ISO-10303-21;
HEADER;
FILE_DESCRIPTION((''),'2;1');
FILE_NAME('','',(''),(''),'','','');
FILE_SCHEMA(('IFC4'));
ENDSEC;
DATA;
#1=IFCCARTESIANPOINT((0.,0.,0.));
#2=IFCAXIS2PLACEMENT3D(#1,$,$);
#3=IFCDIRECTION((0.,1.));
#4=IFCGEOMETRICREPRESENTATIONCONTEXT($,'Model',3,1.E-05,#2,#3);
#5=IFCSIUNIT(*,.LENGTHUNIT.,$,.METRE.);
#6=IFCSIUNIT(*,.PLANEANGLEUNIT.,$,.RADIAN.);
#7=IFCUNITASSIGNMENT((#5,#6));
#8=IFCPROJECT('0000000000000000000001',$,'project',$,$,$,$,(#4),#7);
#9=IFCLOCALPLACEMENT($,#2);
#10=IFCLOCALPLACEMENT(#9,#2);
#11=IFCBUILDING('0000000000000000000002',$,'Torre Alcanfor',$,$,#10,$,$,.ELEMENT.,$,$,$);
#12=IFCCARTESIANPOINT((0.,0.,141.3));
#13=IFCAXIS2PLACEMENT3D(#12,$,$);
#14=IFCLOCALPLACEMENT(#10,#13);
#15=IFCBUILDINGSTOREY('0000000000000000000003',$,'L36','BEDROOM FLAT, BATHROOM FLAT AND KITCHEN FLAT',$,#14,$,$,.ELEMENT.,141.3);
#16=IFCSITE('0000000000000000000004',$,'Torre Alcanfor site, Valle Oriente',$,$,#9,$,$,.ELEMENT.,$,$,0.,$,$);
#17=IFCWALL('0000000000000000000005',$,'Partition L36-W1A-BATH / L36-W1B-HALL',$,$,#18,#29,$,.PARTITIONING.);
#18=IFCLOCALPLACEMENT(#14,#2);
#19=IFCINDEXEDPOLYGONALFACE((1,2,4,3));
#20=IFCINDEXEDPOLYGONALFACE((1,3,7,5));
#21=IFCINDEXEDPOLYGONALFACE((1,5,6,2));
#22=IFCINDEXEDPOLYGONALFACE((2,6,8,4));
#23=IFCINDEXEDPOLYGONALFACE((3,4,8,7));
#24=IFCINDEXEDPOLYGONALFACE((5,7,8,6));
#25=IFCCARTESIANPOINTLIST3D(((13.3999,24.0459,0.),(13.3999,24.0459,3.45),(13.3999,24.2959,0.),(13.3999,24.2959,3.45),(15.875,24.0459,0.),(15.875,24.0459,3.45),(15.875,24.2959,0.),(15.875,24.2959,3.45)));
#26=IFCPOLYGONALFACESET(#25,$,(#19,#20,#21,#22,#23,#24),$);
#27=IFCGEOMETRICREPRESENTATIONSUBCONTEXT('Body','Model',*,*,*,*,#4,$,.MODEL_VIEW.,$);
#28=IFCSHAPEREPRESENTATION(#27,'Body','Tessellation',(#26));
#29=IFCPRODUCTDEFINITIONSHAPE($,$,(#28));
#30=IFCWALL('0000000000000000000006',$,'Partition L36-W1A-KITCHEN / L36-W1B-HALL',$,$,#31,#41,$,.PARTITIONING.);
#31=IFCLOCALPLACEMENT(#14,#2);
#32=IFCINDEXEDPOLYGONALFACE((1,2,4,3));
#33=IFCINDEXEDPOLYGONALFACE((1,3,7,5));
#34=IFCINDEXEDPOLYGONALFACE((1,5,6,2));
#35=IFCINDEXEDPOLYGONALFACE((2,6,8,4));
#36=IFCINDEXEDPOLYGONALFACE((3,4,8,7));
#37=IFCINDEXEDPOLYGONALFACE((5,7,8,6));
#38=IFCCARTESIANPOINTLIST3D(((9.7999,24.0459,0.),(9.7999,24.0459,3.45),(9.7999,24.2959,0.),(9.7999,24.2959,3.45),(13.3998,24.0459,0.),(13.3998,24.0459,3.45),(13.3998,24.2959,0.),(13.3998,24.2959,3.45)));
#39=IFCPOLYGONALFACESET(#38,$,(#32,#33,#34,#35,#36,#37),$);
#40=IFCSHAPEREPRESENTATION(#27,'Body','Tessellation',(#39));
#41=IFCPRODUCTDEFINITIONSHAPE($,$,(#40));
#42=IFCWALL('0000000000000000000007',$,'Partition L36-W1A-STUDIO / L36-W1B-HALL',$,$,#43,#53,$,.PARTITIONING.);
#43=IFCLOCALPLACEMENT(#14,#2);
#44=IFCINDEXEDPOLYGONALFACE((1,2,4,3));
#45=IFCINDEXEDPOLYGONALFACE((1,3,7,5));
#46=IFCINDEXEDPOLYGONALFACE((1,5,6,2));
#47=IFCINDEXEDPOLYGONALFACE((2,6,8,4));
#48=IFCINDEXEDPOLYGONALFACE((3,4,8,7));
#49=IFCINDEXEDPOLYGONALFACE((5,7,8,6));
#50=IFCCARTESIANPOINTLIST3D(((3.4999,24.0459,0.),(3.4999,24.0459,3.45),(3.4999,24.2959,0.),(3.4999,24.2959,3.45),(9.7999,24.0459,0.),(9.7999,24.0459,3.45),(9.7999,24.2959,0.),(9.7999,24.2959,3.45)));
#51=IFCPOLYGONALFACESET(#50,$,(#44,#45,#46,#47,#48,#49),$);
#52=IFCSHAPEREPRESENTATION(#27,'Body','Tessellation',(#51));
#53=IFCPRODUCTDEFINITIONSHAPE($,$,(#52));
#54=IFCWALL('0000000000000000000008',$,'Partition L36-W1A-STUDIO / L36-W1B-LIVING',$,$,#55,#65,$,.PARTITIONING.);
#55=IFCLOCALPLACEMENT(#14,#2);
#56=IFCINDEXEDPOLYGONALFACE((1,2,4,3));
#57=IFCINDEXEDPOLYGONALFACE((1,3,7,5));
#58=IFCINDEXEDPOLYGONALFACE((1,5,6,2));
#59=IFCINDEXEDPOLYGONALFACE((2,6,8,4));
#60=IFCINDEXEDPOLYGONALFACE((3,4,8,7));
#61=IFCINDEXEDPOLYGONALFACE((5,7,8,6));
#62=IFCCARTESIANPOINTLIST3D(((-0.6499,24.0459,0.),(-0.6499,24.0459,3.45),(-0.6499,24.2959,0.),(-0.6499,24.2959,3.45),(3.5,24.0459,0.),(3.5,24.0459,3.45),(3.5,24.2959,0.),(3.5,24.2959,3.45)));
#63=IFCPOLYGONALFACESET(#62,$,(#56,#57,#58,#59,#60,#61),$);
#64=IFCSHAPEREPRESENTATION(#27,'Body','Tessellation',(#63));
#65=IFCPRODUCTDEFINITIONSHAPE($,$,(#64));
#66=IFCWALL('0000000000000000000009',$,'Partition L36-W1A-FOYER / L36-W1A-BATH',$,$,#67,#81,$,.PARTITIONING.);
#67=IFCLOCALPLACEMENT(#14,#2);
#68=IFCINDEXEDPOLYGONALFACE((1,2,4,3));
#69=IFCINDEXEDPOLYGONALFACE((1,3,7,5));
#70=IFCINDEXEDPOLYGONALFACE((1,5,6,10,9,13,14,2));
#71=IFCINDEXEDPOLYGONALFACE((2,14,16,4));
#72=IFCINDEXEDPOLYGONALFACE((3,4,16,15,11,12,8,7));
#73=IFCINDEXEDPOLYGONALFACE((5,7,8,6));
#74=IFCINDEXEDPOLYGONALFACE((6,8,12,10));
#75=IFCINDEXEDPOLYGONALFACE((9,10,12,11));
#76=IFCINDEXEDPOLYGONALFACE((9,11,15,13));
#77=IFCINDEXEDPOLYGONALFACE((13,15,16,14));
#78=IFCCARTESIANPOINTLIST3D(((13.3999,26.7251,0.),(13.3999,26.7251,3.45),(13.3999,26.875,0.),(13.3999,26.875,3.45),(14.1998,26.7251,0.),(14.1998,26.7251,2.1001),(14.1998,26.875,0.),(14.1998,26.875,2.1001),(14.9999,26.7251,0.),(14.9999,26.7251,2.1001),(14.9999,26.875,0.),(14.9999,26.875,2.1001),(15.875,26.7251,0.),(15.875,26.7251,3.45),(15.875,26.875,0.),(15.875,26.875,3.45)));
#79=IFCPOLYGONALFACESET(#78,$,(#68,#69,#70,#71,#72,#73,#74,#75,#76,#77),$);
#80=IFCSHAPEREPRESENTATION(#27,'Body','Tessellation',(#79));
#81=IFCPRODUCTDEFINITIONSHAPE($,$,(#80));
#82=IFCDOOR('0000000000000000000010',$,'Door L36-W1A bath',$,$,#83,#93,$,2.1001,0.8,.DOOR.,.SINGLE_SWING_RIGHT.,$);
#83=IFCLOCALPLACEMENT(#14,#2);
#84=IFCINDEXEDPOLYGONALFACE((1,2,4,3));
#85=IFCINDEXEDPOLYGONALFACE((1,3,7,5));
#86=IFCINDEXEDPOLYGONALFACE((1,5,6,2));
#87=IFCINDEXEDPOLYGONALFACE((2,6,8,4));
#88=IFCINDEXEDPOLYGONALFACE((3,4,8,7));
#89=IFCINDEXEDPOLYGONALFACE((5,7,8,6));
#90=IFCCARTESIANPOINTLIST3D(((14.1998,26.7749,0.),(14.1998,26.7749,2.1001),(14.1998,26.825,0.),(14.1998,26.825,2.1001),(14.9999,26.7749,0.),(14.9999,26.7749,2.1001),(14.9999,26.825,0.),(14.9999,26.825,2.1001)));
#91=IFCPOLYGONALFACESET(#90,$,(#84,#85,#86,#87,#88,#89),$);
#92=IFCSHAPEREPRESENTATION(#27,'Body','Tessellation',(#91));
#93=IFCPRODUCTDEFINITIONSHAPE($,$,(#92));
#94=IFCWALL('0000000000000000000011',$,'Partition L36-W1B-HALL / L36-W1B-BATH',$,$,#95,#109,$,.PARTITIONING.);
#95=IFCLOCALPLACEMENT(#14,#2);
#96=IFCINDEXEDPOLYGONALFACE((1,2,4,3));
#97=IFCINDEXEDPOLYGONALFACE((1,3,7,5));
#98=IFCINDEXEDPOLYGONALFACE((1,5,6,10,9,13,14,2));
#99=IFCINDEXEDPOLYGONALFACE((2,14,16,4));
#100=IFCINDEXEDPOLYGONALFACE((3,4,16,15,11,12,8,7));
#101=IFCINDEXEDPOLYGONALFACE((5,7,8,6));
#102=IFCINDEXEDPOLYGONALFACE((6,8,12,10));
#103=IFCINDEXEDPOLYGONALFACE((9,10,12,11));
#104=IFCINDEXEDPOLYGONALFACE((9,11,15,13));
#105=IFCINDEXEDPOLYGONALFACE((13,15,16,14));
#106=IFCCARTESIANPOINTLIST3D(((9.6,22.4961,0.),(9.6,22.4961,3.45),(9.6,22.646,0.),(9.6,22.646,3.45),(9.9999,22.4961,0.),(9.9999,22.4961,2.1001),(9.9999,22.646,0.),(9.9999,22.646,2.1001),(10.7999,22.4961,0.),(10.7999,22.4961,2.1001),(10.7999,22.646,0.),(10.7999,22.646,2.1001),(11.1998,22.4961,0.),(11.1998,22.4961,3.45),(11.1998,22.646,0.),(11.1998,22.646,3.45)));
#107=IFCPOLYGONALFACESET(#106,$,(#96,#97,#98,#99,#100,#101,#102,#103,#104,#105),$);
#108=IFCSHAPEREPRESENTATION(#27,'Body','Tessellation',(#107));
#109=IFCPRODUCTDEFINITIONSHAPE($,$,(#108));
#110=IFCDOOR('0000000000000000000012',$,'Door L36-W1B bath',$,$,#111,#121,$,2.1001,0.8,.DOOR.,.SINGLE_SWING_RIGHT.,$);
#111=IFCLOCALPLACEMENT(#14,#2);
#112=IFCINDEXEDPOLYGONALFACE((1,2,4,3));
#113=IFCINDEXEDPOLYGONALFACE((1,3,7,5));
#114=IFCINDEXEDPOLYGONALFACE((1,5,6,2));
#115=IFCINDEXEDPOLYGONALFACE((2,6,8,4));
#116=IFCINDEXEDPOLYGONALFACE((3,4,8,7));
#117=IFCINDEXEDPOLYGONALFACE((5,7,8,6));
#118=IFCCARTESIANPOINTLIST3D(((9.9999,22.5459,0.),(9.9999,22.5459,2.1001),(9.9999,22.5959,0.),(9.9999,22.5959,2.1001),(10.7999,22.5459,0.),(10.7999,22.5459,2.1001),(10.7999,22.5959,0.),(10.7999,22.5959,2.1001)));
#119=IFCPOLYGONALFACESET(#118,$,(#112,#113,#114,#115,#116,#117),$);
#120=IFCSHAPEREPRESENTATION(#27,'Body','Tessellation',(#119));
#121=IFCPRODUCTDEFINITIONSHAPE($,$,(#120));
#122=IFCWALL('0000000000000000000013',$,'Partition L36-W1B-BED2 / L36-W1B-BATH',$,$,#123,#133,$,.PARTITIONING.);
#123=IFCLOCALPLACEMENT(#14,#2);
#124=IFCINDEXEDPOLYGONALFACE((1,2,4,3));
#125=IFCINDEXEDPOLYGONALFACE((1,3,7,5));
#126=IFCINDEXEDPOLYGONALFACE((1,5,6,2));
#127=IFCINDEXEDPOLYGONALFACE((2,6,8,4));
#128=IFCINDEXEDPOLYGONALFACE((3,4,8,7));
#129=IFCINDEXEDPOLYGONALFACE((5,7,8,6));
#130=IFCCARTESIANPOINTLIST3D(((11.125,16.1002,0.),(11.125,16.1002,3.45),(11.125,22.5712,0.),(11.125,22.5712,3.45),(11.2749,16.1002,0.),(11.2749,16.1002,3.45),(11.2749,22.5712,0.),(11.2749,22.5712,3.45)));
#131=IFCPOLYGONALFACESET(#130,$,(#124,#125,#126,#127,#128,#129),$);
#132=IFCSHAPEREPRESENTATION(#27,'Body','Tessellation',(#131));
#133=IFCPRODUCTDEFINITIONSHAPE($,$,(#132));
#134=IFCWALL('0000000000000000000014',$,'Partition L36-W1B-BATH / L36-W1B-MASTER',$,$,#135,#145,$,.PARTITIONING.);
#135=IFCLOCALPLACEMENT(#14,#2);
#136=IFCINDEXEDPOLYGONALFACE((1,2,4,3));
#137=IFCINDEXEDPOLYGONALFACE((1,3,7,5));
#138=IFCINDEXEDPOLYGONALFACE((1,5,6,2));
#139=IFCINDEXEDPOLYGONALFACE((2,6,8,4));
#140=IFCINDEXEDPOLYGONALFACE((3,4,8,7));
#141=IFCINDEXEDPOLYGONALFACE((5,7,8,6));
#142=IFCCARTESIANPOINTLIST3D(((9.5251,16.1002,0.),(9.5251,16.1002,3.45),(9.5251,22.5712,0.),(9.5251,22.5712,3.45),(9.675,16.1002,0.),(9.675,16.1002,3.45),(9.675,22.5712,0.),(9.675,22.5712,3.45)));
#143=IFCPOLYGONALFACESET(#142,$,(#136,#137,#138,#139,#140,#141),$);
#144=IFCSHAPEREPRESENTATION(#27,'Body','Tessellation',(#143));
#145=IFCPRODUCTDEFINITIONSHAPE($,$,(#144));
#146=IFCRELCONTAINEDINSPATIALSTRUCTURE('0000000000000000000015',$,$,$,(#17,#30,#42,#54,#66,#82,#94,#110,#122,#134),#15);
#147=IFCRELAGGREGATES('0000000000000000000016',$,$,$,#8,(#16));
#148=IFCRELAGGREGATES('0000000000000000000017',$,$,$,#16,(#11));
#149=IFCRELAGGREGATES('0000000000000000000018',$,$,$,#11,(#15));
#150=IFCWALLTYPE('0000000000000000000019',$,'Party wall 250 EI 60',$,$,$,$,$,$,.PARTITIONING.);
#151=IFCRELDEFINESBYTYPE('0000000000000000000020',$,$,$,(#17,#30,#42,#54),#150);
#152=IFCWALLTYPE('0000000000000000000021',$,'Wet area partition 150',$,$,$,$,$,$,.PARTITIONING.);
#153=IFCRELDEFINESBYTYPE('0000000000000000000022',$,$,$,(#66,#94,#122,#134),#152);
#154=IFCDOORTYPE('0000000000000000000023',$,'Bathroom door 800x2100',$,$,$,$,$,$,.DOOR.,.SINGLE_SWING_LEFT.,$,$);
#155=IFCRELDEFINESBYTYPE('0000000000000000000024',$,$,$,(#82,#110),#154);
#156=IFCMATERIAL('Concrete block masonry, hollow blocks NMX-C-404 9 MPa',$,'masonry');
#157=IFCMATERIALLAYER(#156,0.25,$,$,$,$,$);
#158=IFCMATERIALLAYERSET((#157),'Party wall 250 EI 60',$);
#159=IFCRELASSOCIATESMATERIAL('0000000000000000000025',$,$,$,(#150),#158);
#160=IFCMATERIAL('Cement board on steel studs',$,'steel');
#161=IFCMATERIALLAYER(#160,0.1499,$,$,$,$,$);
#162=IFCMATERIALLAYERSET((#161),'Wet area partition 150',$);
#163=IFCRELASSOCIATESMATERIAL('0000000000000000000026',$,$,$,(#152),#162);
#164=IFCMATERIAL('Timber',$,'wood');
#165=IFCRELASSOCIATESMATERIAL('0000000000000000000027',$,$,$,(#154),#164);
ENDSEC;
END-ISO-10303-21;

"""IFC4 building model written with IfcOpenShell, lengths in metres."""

from ifc_helpers import new_model, si_unit, direction, frame, frame_2d, origin, place, context, subcontext, project, spatial, rectangle, extrude, material, layer, layer_set, type_object, element, fill, save


model = new_model("IFC4")

# Units and contexts
model_context = context("Model", 3, precision=1e-05, world=origin(), true_north=direction((0.0, 1.0)))
body_context = subcontext(model_context, "Body", "Model", "MODEL_VIEW")
ifc_project = project(units=[si_unit("LENGTHUNIT", "METRE"), si_unit("PLANEANGLEUNIT", "RADIAN")], contexts=[model_context])

# Site, building, storey
site_placement = place(None, origin())
site = spatial("IfcSite", under=ifc_project, at=site_placement, Name="Torre Alcanfor site, Valle Oriente", CompositionType="ELEMENT", RefElevation=0.0)
building_placement = place(site_placement, origin())
building = spatial("IfcBuilding", under=site, at=building_placement, Name="Torre Alcanfor", CompositionType="ELEMENT")
storey_placement = place(building_placement, frame((0.0, 0.0, 141.3)))
storey = spatial("IfcBuildingStorey", under=building, at=storey_placement, Name="L36", Description="BEDROOM FLAT, BATHROOM FLAT AND KITCHEN FLAT", CompositionType="ELEMENT", Elevation=141.3)

# Walls
ifc_material_1 = material(Name="Concrete block masonry, hollow blocks NMX-C-404 9 MPa", Category="masonry")
ifc_layer_1 = layer(ifc_material_1, 0.25)
ifc_layer_set_1 = layer_set([ifc_layer_1], Name="Party wall 250 EI 60")
wall_type_1 = type_object("IfcWallType", Name="Party wall 250 EI 60", PredefinedType="PARTITIONING", material=ifc_layer_set_1)
wall_1_placement = place(storey_placement, frame((13.3999, 24.1709, 0.0), z_axis=(0.0, 0.0, 1.0), x_axis=(1.0, 0.0, 0.0)))
element("IfcWall", 1, at=wall_1_placement, inside=storey, type_object=wall_type_1, Name="Partition L36-W1A-BATH / L36-W1B-HALL", PredefinedType="PARTITIONING", context=body_context, shape_type="SweptSolid", body=[
    extrude(rectangle(XDim=2.4751, YDim=0.25, at=frame_2d((1.2375, 0.0))), origin(), (0.0, 0.0, 1.0), 3.45),
])
wall_2_placement = place(storey_placement, frame((9.8, 24.1709, 0.0), z_axis=(0.0, 0.0, 1.0), x_axis=(1.0, 0.0, 0.0)))
element("IfcWall", 2, at=wall_2_placement, inside=storey, type_object=wall_type_1, Name="Partition L36-W1A-KITCHEN / L36-W1B-HALL", PredefinedType="PARTITIONING", context=body_context, shape_type="SweptSolid", body=[
    extrude(rectangle(XDim=3.5999, YDim=0.25, at=frame_2d((1.7998, 0.0))), origin(), (0.0, 0.0, 1.0), 3.45),
])
wall_3_placement = place(storey_placement, frame((3.5, 24.1709, 0.0), z_axis=(0.0, 0.0, 1.0), x_axis=(1.0, 0.0, 0.0)))
element("IfcWall", 3, at=wall_3_placement, inside=storey, type_object=wall_type_1, Name="Partition L36-W1A-STUDIO / L36-W1B-HALL", PredefinedType="PARTITIONING", context=body_context, shape_type="SweptSolid", body=[
    extrude(rectangle(XDim=6.3, YDim=0.25, at=frame_2d((3.1499, 0.0))), origin(), (0.0, 0.0, 1.0), 3.45),
])
wall_4_placement = place(storey_placement, frame((-0.6499, 24.1709, 0.0), z_axis=(0.0, 0.0, 1.0), x_axis=(1.0, 0.0, 0.0)))
element("IfcWall", 4, at=wall_4_placement, inside=storey, type_object=wall_type_1, Name="Partition L36-W1A-STUDIO / L36-W1B-LIVING", PredefinedType="PARTITIONING", context=body_context, shape_type="SweptSolid", body=[
    extrude(rectangle(XDim=4.1499, YDim=0.25, at=frame_2d((2.075, 0.0))), origin(), (0.0, 0.0, 1.0), 3.45),
])

# Walls, openings, doors
ifc_material_2 = material(Name="Cement board on steel studs", Category="steel")
ifc_layer_2 = layer(ifc_material_2, 0.1499)
ifc_layer_set_2 = layer_set([ifc_layer_2], Name="Wet area partition 150")
wall_type_2 = type_object("IfcWallType", Name="Wet area partition 150", PredefinedType="PARTITIONING", material=ifc_layer_set_2)
wall_5_placement = place(storey_placement, frame((13.3999, 26.8, 0.0), z_axis=(0.0, 0.0, 1.0), x_axis=(1.0, 0.0, 0.0)))
wall_5 = element("IfcWall", 5, at=wall_5_placement, inside=storey, type_object=wall_type_2, Name="Partition L36-W1A-FOYER / L36-W1A-BATH", PredefinedType="PARTITIONING", context=body_context, shape_type="SweptSolid", body=[
    extrude(rectangle(XDim=2.4751, YDim=0.1499, at=frame_2d((1.2375, 0.0))), origin(), (0.0, 0.0, 1.0), 3.45),
])
opening_1_placement = place(wall_5_placement, frame((0.8, 0.0, 0.0)))
opening_1 = element("IfcOpeningElement", 6, at=opening_1_placement, cuts=wall_5, PredefinedType="OPENING", context=body_context, shape_type="SweptSolid", body=[
    extrude(rectangle(XDim=0.8, YDim=2.1001, at=frame_2d((0.3999, 1.05))), frame((0.0, 0.085, 0.0), z_axis=(0.0, -1.0, 0.0), x_axis=(1.0, 0.0, 0.0)), (0.0, 0.0, 1.0), 0.1699),
])
ifc_material_3 = material(Name="Timber", Category="wood")
door_type_1 = type_object("IfcDoorType", Name="Bathroom door 800x2100", OperationType="SINGLE_SWING_LEFT", PredefinedType="DOOR", material=ifc_material_3)
door_1_placement = place(opening_1_placement, frame((0.8, 0.0, 0.0), z_axis=(0.0, 0.0, 1.0), x_axis=(-1.0, 0.0, 0.0)))
door_1 = element("IfcDoor", 7, at=door_1_placement, inside=storey, type_object=door_type_1, Name="Door L36-W1A bath", OperationType="SINGLE_SWING_RIGHT", OverallHeight=2.1001, OverallWidth=0.8, PredefinedType="DOOR", context=body_context, shape_type="SweptSolid", body=[
    extrude(rectangle(XDim=0.8, YDim=2.1001, at=frame_2d((0.4001, 1.05))), frame((0.0, 0.0251, 0.0), z_axis=(0.0, -1.0, 0.0), x_axis=(1.0, 0.0, 0.0)), (0.0, 0.0, 1.0), 0.05),
])
fill(opening_1, door_1)
wall_6_placement = place(storey_placement, frame((9.6001, 22.571, 0.0), z_axis=(0.0, 0.0, 1.0), x_axis=(1.0, 0.0, 0.0)))
wall_6 = element("IfcWall", 8, at=wall_6_placement, inside=storey, type_object=wall_type_2, Name="Partition L36-W1B-HALL / L36-W1B-BATH", PredefinedType="PARTITIONING", context=body_context, shape_type="SweptSolid", body=[
    extrude(rectangle(XDim=1.5999, YDim=0.1499, at=frame_2d((0.7998, 0.0))), origin(), (0.0, 0.0, 1.0), 3.45),
])
opening_2_placement = place(wall_6_placement, frame((0.3999, 0.0, 0.0)))
opening_2 = element("IfcOpeningElement", 9, at=opening_2_placement, cuts=wall_6, PredefinedType="OPENING", context=body_context, shape_type="SweptSolid", body=[
    extrude(rectangle(XDim=0.8, YDim=2.1001, at=frame_2d((0.3999, 1.05))), frame((0.0, 0.085, 0.0), z_axis=(0.0, -1.0, 0.0), x_axis=(1.0, 0.0, 0.0)), (0.0, 0.0, 1.0), 0.1699),
])
door_2_placement = place(opening_2_placement, frame((0.8, 0.0, 0.0), z_axis=(0.0, 0.0, 1.0), x_axis=(-1.0, 0.0, 0.0)))
door_2 = element("IfcDoor", 10, at=door_2_placement, inside=storey, type_object=door_type_1, Name="Door L36-W1B bath", OperationType="SINGLE_SWING_RIGHT", OverallHeight=2.1001, OverallWidth=0.8, PredefinedType="DOOR", context=body_context, shape_type="SweptSolid", body=[
    extrude(rectangle(XDim=0.8, YDim=2.1001, at=frame_2d((0.4001, 1.05))), frame((0.0, 0.0251, 0.0), z_axis=(0.0, -1.0, 0.0), x_axis=(1.0, 0.0, 0.0)), (0.0, 0.0, 1.0), 0.05),
])
fill(opening_2, door_2)

# Walls
for number, where, z_axis, x_axis, name in (
    (11, (11.2, 22.571, 0.0), (0.0, 0.0, 1.0), (0.0, -1.0, 0.0), "Partition L36-W1B-BED2 / L36-W1B-BATH"),
    (12, (9.6001, 22.571, 0.0), (0.0, 0.0, 1.0), (0.0, -1.0, 0.0), "Partition L36-W1B-BATH / L36-W1B-MASTER"),
):
    element("IfcWall", number, at=place(storey_placement, frame(where, z_axis=z_axis, x_axis=x_axis)), inside=storey, type_object=wall_type_2, Name=name, PredefinedType="PARTITIONING", context=body_context, shape_type="SweptSolid", body=[
        extrude(rectangle(XDim=6.4709, YDim=0.1499, at=frame_2d((3.2354, 0.0))), origin(), (0.0, 0.0, 1.0), 3.45),
    ])

save(model, "model.ifc")
